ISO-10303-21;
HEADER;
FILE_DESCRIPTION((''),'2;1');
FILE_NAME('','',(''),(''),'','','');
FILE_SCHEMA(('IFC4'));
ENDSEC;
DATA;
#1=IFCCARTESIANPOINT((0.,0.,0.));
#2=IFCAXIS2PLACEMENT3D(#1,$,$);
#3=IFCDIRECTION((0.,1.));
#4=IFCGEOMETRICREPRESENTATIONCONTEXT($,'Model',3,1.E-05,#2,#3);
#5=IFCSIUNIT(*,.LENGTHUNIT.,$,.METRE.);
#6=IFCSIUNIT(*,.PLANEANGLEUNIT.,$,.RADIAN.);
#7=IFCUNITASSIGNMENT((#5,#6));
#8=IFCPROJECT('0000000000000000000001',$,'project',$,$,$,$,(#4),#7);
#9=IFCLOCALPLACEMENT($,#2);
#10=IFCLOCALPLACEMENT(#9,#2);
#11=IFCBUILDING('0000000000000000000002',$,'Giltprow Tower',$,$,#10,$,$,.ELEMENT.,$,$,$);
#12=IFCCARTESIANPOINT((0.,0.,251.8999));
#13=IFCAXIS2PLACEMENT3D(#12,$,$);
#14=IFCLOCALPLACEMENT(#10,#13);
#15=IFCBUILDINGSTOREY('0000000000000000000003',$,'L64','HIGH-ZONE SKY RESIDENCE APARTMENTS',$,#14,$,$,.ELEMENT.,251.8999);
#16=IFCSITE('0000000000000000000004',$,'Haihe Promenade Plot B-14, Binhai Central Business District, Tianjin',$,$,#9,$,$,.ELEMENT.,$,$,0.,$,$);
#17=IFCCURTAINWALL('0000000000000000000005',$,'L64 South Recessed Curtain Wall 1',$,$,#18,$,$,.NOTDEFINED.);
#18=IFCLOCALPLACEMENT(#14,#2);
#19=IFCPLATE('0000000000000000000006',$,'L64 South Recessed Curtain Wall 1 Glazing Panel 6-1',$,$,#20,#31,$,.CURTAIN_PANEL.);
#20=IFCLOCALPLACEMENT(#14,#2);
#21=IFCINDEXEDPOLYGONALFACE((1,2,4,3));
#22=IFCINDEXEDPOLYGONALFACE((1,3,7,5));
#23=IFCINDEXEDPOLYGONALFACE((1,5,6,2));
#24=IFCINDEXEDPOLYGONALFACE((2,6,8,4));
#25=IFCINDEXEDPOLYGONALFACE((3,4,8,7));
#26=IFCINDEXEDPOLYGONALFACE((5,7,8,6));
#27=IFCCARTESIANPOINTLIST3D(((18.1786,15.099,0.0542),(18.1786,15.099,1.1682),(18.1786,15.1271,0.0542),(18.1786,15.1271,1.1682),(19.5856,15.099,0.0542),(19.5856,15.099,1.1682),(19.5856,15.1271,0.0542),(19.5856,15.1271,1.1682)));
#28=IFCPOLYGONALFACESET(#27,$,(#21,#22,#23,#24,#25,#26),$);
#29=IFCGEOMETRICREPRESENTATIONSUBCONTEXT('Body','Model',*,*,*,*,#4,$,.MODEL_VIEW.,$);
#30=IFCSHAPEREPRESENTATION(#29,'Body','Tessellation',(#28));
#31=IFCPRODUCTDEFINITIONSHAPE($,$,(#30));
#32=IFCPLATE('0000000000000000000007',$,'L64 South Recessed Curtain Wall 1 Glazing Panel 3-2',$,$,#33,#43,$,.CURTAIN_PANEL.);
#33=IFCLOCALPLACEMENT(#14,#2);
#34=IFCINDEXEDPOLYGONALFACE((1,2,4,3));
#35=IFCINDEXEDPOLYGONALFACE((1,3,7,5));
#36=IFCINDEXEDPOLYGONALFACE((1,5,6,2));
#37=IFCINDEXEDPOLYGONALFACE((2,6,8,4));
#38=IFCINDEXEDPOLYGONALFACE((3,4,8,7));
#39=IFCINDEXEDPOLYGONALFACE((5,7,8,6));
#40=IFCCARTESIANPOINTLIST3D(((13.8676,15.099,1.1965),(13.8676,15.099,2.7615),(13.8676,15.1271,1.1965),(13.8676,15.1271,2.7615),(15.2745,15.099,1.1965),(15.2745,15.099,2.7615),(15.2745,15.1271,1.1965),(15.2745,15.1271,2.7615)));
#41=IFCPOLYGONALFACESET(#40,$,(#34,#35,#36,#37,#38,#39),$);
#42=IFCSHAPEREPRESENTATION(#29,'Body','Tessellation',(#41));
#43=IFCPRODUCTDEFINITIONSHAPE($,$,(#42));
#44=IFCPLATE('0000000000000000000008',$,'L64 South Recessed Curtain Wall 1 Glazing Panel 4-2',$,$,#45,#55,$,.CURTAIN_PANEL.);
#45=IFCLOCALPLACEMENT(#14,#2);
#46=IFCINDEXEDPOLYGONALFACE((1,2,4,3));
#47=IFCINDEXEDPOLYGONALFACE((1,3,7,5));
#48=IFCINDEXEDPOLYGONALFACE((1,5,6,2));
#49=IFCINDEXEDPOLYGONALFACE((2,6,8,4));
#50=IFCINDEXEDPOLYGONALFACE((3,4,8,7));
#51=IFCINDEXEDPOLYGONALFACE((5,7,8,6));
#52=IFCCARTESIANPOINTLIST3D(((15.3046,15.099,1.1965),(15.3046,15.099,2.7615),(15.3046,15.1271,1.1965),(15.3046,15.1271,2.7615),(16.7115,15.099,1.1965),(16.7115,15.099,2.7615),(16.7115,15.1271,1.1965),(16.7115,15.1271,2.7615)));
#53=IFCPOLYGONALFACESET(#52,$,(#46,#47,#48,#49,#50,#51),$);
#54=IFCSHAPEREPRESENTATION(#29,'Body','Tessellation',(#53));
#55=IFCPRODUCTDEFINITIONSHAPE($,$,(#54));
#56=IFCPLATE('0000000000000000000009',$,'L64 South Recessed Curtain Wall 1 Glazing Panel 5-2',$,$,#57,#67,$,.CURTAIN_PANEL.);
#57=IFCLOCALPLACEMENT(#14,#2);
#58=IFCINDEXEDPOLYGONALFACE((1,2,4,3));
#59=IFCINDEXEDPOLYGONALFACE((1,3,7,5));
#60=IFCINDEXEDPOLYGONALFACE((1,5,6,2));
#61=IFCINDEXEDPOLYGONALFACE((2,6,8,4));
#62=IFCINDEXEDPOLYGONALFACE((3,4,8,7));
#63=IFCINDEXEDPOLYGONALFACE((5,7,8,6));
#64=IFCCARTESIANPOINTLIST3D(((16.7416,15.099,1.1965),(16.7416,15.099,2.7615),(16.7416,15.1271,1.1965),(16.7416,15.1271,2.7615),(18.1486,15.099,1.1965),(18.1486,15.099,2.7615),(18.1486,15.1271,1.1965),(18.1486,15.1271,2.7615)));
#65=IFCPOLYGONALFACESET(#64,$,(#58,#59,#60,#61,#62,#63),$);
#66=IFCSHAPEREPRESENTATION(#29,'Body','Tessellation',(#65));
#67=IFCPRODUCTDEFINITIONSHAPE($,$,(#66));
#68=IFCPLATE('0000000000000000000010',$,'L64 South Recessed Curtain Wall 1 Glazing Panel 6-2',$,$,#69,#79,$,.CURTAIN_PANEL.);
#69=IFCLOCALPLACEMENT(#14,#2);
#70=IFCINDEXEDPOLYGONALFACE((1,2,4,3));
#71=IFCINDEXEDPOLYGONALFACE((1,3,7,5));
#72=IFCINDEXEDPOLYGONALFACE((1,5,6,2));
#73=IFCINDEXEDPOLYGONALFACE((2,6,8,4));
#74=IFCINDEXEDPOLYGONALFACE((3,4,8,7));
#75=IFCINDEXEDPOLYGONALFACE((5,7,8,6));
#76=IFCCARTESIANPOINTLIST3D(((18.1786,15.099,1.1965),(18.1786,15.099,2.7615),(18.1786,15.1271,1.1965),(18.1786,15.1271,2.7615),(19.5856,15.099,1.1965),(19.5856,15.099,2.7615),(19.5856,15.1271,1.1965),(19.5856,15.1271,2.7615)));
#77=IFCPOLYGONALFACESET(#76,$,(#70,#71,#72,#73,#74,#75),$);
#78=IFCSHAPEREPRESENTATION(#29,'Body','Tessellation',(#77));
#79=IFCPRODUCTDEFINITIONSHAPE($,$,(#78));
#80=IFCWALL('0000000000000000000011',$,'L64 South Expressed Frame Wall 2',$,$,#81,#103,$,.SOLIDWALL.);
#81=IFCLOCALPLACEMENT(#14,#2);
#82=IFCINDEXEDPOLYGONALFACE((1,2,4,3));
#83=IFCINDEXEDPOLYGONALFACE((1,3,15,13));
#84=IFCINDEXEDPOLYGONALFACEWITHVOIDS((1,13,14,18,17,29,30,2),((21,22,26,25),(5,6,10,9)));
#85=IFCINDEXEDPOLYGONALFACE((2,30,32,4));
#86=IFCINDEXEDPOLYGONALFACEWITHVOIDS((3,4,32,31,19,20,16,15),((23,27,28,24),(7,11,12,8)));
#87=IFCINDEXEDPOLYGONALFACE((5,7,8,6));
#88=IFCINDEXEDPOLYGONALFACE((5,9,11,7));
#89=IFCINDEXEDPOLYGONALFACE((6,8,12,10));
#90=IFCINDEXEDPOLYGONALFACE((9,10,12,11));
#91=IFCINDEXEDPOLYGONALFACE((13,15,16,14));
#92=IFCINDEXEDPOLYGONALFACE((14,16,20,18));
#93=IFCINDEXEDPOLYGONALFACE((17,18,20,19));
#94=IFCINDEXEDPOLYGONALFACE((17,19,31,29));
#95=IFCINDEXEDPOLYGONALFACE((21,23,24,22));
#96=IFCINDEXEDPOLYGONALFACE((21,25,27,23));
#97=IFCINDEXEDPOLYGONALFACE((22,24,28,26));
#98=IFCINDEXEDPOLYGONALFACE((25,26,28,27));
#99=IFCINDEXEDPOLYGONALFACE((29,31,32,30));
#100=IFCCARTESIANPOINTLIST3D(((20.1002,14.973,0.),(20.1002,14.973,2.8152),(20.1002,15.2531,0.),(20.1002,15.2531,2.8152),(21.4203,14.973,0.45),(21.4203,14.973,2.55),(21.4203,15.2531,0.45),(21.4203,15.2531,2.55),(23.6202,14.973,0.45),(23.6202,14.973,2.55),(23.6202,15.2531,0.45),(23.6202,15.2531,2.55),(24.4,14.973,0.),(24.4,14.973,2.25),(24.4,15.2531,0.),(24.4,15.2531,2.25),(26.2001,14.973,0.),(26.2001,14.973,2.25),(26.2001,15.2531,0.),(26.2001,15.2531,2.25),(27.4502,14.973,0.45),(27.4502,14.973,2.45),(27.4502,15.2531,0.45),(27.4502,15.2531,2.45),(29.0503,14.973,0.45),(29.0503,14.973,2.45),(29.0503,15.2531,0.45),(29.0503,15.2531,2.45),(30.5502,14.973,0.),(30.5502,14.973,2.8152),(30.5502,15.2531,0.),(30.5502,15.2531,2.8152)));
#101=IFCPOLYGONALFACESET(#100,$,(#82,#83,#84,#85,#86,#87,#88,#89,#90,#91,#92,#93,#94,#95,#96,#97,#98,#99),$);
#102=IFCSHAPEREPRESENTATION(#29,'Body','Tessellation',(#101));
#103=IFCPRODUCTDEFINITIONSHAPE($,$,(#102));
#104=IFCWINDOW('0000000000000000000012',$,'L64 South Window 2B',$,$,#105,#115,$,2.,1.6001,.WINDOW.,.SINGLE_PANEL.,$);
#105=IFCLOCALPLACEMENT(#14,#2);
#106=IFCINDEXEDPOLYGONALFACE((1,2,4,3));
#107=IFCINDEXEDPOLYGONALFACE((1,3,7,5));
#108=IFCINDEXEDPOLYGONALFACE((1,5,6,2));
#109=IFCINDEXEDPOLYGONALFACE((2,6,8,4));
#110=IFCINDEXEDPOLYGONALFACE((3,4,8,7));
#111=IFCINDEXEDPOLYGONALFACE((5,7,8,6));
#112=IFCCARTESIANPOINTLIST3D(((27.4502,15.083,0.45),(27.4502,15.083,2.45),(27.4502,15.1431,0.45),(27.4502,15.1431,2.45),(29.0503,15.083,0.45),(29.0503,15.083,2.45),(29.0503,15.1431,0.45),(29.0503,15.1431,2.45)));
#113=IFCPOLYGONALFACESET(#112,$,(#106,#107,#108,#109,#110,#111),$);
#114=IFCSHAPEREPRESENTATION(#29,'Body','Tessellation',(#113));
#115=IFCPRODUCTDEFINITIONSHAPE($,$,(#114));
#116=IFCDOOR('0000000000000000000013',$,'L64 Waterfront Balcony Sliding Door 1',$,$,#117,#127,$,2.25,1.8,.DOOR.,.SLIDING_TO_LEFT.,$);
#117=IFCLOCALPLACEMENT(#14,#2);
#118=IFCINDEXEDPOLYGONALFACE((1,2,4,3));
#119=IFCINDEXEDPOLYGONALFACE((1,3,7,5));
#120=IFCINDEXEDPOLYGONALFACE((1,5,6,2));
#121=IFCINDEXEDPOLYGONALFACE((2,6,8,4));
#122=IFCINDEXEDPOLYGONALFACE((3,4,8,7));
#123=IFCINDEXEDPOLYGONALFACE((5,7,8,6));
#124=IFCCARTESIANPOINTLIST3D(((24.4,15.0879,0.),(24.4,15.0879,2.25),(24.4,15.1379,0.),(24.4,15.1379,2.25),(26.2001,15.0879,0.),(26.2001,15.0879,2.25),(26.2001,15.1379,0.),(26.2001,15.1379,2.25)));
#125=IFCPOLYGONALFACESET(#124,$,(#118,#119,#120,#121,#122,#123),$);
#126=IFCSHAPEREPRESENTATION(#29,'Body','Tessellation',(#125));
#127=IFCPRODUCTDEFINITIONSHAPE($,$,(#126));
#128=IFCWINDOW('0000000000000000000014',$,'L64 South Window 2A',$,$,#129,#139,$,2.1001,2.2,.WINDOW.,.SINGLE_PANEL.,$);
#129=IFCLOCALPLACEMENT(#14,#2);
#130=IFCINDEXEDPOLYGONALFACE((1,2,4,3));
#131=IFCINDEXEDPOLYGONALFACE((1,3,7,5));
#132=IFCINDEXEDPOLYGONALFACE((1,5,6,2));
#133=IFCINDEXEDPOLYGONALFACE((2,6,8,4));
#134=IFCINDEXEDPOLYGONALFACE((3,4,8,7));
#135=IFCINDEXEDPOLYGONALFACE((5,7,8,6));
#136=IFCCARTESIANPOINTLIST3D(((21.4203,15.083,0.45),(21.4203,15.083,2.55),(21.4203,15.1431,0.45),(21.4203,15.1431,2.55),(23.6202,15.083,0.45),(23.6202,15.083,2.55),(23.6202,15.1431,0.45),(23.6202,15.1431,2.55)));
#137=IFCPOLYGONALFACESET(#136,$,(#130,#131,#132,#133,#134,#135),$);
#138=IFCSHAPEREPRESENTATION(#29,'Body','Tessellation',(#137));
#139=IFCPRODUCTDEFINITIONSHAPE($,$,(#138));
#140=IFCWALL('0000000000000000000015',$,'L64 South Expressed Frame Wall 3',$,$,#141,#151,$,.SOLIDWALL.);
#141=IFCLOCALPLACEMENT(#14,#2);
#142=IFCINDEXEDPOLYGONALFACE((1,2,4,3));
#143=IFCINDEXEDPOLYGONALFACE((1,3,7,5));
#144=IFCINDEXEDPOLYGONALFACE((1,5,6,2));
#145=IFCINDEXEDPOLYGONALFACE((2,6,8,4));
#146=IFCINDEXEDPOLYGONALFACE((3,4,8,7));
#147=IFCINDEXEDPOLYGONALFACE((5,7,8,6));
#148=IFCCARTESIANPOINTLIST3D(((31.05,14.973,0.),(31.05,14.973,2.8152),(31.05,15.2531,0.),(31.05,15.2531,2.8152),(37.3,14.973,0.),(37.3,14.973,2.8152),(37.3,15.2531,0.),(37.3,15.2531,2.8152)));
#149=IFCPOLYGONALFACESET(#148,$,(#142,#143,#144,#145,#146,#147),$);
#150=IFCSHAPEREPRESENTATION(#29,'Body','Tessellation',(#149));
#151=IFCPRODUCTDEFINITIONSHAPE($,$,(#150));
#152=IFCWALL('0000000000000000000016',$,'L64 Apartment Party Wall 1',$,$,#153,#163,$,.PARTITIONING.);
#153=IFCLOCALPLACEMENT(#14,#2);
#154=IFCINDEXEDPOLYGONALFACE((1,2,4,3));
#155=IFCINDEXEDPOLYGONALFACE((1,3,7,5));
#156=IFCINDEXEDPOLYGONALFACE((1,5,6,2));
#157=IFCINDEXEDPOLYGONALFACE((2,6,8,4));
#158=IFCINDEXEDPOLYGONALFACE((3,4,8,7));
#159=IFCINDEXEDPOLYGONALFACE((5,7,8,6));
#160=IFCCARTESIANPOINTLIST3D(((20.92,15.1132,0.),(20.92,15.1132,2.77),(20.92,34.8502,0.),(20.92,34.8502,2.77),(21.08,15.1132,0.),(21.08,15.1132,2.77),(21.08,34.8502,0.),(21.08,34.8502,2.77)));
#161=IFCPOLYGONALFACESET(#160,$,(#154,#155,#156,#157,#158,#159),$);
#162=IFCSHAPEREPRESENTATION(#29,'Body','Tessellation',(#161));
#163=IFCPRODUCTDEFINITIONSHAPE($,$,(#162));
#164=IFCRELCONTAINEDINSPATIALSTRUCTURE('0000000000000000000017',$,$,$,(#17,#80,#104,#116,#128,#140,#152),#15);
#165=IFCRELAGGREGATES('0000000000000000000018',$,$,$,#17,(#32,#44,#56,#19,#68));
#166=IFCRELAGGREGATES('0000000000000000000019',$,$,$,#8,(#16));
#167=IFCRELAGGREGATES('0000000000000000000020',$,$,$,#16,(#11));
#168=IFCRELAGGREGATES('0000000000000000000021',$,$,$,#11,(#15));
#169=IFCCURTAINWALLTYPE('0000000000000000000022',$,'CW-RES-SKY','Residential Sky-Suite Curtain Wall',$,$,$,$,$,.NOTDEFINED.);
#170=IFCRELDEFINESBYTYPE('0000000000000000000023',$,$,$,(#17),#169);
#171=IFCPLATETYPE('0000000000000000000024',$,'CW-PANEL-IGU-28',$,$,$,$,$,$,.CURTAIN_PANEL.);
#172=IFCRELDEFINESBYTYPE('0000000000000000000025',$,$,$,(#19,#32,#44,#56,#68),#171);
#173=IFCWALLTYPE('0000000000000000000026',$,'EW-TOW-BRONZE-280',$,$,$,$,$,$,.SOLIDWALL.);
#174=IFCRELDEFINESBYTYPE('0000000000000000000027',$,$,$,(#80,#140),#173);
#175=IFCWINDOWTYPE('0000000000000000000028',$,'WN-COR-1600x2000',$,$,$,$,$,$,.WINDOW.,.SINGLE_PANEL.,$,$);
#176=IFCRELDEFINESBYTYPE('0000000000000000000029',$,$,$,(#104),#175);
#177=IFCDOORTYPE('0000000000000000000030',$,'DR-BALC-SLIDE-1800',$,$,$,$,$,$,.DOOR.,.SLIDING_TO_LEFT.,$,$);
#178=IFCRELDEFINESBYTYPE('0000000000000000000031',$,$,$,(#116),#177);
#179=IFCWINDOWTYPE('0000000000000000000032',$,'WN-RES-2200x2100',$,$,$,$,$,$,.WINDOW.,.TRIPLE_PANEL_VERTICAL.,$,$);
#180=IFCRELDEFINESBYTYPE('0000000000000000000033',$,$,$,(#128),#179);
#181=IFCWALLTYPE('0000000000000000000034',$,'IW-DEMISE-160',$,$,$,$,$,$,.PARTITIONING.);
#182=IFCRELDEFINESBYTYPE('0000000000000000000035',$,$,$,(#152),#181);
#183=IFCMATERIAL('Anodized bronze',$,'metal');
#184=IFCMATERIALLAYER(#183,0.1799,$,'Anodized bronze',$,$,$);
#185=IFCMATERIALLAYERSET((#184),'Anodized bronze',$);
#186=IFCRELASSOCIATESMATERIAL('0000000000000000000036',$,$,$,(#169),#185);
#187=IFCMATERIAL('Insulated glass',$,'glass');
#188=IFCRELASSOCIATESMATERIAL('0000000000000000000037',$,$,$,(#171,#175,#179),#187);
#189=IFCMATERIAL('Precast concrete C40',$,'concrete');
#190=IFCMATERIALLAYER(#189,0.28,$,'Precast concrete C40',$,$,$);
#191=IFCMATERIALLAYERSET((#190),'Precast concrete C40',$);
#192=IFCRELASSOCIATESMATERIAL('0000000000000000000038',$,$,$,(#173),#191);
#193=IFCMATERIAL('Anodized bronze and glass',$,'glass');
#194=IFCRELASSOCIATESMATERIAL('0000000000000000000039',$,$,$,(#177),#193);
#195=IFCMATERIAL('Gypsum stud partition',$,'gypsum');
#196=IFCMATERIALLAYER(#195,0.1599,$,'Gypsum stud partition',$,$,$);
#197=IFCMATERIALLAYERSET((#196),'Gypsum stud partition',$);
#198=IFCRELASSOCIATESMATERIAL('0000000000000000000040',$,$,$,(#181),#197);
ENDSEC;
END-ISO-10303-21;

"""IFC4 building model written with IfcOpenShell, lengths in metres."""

from ifc_helpers import new_model, si_unit, direction, frame, frame_2d, origin, origin_2d, place, context, subcontext, project, spatial, rectangle, extrude, source, transform, mapped, material, layer, layer_set, type_object, element, fill, aggregate, save


model = new_model("IFC4")

# Units and contexts
model_context = context("Model", 3, precision=1e-05, world=origin(), true_north=direction((0.0, 1.0)))
body_context = subcontext(model_context, "Body", "Model", "MODEL_VIEW")
ifc_project = project(units=[si_unit("LENGTHUNIT", "METRE"), si_unit("PLANEANGLEUNIT", "RADIAN")], contexts=[model_context])

# Site, building, storey
site_placement = place(None, origin())
site = spatial("IfcSite", under=ifc_project, at=site_placement, Name="Haihe Promenade Plot B-14, Binhai Central Business District, Tianjin", CompositionType="ELEMENT", RefElevation=0.0)
building_placement = place(site_placement, origin())
building = spatial("IfcBuilding", under=site, at=building_placement, Name="Giltprow Tower", CompositionType="ELEMENT")
storey_placement = place(building_placement, frame((0.0, 0.0, 251.8999)))
storey = spatial("IfcBuildingStorey", under=building, at=storey_placement, Name="L64", Description="HIGH-ZONE SKY RESIDENCE APARTMENTS", CompositionType="ELEMENT", Elevation=251.8999)

# Curtain wall, plates
ifc_material_1 = material(Name="Anodized bronze", Category="metal")
ifc_layer_1 = layer(ifc_material_1, 0.1799, Name="Anodized bronze")
ifc_layer_set_1 = layer_set([ifc_layer_1], Name="Anodized bronze")
curtain_wall_type = type_object("IfcCurtainWallType", Name="CW-RES-SKY", Description="Residential Sky-Suite Curtain Wall", PredefinedType="NOTDEFINED", material=ifc_layer_set_1)
curtain_wall_placement = place(storey_placement, origin())
curtain_wall = element("IfcCurtainWall", 1, at=curtain_wall_placement, inside=storey, type_object=curtain_wall_type, Name="L64 South Recessed Curtain Wall 1", PredefinedType="NOTDEFINED")
ifc_material_2 = material(Name="Insulated glass", Category="glass")
plate_type = type_object("IfcPlateType", Name="CW-PANEL-IGU-28", PredefinedType="CURTAIN_PANEL", material=ifc_material_2)
shared_shape_1 = source(origin(), body_context, "Body", "SweptSolid", [
    extrude(rectangle(XDim=1.407, YDim=0.0281, at=origin_2d()), origin(), (0.0, 0.0, 1.0), 1.114),
])
plate_1_placement = place(storey_placement, frame((18.8821, 15.113, 0.0542), z_axis=(0.0, 0.0, 1.0), x_axis=(1.0, 0.0, 0.0)))
plate_1 = element("IfcPlate", 2, at=plate_1_placement, type_object=plate_type, Name="L64 South Recessed Curtain Wall 1 Glazing Panel 6-1", PredefinedType="CURTAIN_PANEL", context=body_context, shape_type="MappedRepresentation", body=[
    mapped(shared_shape_1, transform((0.0, 0.0, 0.0), x_axis=(1.0, 0.0, 0.0), y_axis=(0.0, 1.0, 0.0), z_axis=(0.0, 0.0, 1.0), scale=1.0)),
])
shared_shape_2 = source(origin(), body_context, "Body", "SweptSolid", [
    extrude(rectangle(XDim=1.407, YDim=0.0281, at=origin_2d()), origin(), (0.0, 0.0, 1.0), 1.5649),
])
plate_2_placement = place(storey_placement, frame((14.571, 15.113, 1.1965), z_axis=(0.0, 0.0, 1.0), x_axis=(1.0, 0.0, 0.0)))
plate_2 = element("IfcPlate", 3, at=plate_2_placement, type_object=plate_type, Name="L64 South Recessed Curtain Wall 1 Glazing Panel 3-2", PredefinedType="CURTAIN_PANEL", context=body_context, shape_type="MappedRepresentation", body=[
    mapped(shared_shape_2, transform((0.0, 0.0, 0.0), x_axis=(1.0, 0.0, 0.0), y_axis=(0.0, 1.0, 0.0), z_axis=(0.0, 0.0, 1.0), scale=1.0)),
])
plate_3_placement = place(storey_placement, frame((16.0081, 15.113, 1.1965), z_axis=(0.0, 0.0, 1.0), x_axis=(1.0, 0.0, 0.0)))
plate_3 = element("IfcPlate", 4, at=plate_3_placement, type_object=plate_type, Name="L64 South Recessed Curtain Wall 1 Glazing Panel 4-2", PredefinedType="CURTAIN_PANEL", context=body_context, shape_type="MappedRepresentation", body=[
    mapped(shared_shape_2, transform((0.0, 0.0, 0.0), x_axis=(1.0, 0.0, 0.0), y_axis=(0.0, 1.0, 0.0), z_axis=(0.0, 0.0, 1.0), scale=1.0)),
])
plate_4_placement = place(storey_placement, frame((17.4451, 15.113, 1.1965), z_axis=(0.0, 0.0, 1.0), x_axis=(1.0, 0.0, 0.0)))
plate_4 = element("IfcPlate", 5, at=plate_4_placement, type_object=plate_type, Name="L64 South Recessed Curtain Wall 1 Glazing Panel 5-2", PredefinedType="CURTAIN_PANEL", context=body_context, shape_type="MappedRepresentation", body=[
    mapped(shared_shape_2, transform((0.0, 0.0, 0.0), x_axis=(1.0, 0.0, 0.0), y_axis=(0.0, 1.0, 0.0), z_axis=(0.0, 0.0, 1.0), scale=1.0)),
])
plate_5_placement = place(storey_placement, frame((18.8821, 15.113, 1.1965), z_axis=(0.0, 0.0, 1.0), x_axis=(1.0, 0.0, 0.0)))
plate_5 = element("IfcPlate", 6, at=plate_5_placement, type_object=plate_type, Name="L64 South Recessed Curtain Wall 1 Glazing Panel 6-2", PredefinedType="CURTAIN_PANEL", context=body_context, shape_type="MappedRepresentation", body=[
    mapped(shared_shape_2, transform((0.0, 0.0, 0.0), x_axis=(1.0, 0.0, 0.0), y_axis=(0.0, 1.0, 0.0), z_axis=(0.0, 0.0, 1.0), scale=1.0)),
])
aggregate(curtain_wall, [plate_2, plate_3, plate_4, plate_1, plate_5])

# Wall, openings, windows, door
ifc_material_3 = material(Name="Precast concrete C40", Category="concrete")
ifc_layer_2 = layer(ifc_material_3, 0.28, Name="Precast concrete C40")
ifc_layer_set_2 = layer_set([ifc_layer_2], Name="Precast concrete C40")
wall_type_1 = type_object("IfcWallType", Name="EW-TOW-BRONZE-280", PredefinedType="SOLIDWALL", material=ifc_layer_set_2)
wall_1_placement = place(storey_placement, frame((20.1001, 15.113, 0.0), z_axis=(0.0, 0.0, 1.0), x_axis=(1.0, 0.0, 0.0)))
wall_1 = element("IfcWall", 7, at=wall_1_placement, inside=storey, type_object=wall_type_1, Name="L64 South Expressed Frame Wall 2", PredefinedType="SOLIDWALL", context=body_context, shape_type="SweptSolid", body=[
    extrude(rectangle(XDim=10.45, YDim=0.28, at=frame_2d((5.2251, 0.0))), origin(), (0.0, 0.0, 1.0), 2.8152),
])
opening_1_placement = place(wall_1_placement, frame((4.3, 0.0, 0.0)))
opening_1 = element("IfcOpeningElement", 8, at=opening_1_placement, cuts=wall_1, PredefinedType="OPENING", context=body_context, shape_type="SweptSolid", body=[
    extrude(rectangle(XDim=1.8, YDim=2.25, at=frame_2d((0.8999, 1.125))), frame((0.0, 0.1499, 0.0), z_axis=(0.0, -1.0, 0.0), x_axis=(1.0, 0.0, 0.0)), (0.0, 0.0, 1.0), 0.3),
])
opening_2_placement = place(wall_1_placement, frame((1.3201, 0.0, 0.45)))
opening_2 = element("IfcOpeningElement", 9, at=opening_2_placement, cuts=wall_1, PredefinedType="OPENING", context=body_context, shape_type="SweptSolid", body=[
    extrude(rectangle(XDim=2.2, YDim=2.1001, at=frame_2d((1.1001, 1.05))), frame((0.0, 0.1499, 0.0), z_axis=(0.0, -1.0, 0.0), x_axis=(1.0, 0.0, 0.0)), (0.0, 0.0, 1.0), 0.3),
])
opening_3_placement = place(wall_1_placement, frame((7.3501, 0.0, 0.45)))
opening_3 = element("IfcOpeningElement", 10, at=opening_3_placement, cuts=wall_1, PredefinedType="OPENING", context=body_context, shape_type="SweptSolid", body=[
    extrude(rectangle(XDim=1.6001, YDim=2.0, at=frame_2d((0.8, 1.0))), frame((0.0, 0.1499, 0.0), z_axis=(0.0, -1.0, 0.0), x_axis=(1.0, 0.0, 0.0)), (0.0, 0.0, 1.0), 0.3),
])
window_type_1 = type_object("IfcWindowType", Name="WN-COR-1600x2000", PartitioningType="SINGLE_PANEL", PredefinedType="WINDOW", material=ifc_material_2)
shared_shape_3 = source(origin(), body_context, "Body", "SweptSolid", [
    extrude(rectangle(XDim=1.6001, YDim=2.0, at=frame_2d((0.8, 1.0))), frame((0.0, 0.03, 0.0), z_axis=(0.0, -1.0, 0.0), x_axis=(1.0, 0.0, 0.0)), (0.0, 0.0, 1.0), 0.0601),
])
window_1_placement = place(opening_3_placement, origin())
window_1 = element("IfcWindow", 11, at=window_1_placement, inside=storey, type_object=window_type_1, Name="L64 South Window 2B", OverallHeight=2.0, OverallWidth=1.6001, PartitioningType="SINGLE_PANEL", PredefinedType="WINDOW", context=body_context, shape_type="MappedRepresentation", body=[
    mapped(shared_shape_3, transform((0.0, 0.0, 0.0), x_axis=(1.0, 0.0, 0.0), y_axis=(0.0, 1.0, 0.0), z_axis=(0.0, 0.0, 1.0), scale=1.0)),
])
fill(opening_3, window_1)
ifc_material_4 = material(Name="Anodized bronze and glass", Category="glass")
door_type_1 = type_object("IfcDoorType", Name="DR-BALC-SLIDE-1800", OperationType="SLIDING_TO_LEFT", PredefinedType="DOOR", material=ifc_material_4)
shared_shape_4 = source(origin(), body_context, "Body", "SweptSolid", [
    extrude(rectangle(XDim=1.8, YDim=2.25, at=frame_2d((0.8999, 1.125))), frame((0.0, 0.0249, 0.0), z_axis=(0.0, -1.0, 0.0), x_axis=(1.0, 0.0, 0.0)), (0.0, 0.0, 1.0), 0.05),
])
door_1_placement = place(opening_1_placement, origin())
door_1 = element("IfcDoor", 12, at=door_1_placement, inside=storey, type_object=door_type_1, Name="L64 Waterfront Balcony Sliding Door 1", OperationType="SLIDING_TO_LEFT", OverallHeight=2.25, OverallWidth=1.8, PredefinedType="DOOR", context=body_context, shape_type="MappedRepresentation", body=[
    mapped(shared_shape_4, transform((0.0, 0.0, 0.0), x_axis=(1.0, 0.0, 0.0), y_axis=(0.0, 1.0, 0.0), z_axis=(0.0, 0.0, 1.0), scale=1.0)),
])
fill(opening_1, door_1)
window_type_2 = type_object("IfcWindowType", Name="WN-RES-2200x2100", PartitioningType="TRIPLE_PANEL_VERTICAL", PredefinedType="WINDOW", material=ifc_material_2)
shared_shape_5 = source(origin(), body_context, "Body", "SweptSolid", [
    extrude(rectangle(XDim=2.2, YDim=2.1001, at=frame_2d((1.1001, 1.05))), frame((0.0, 0.03, 0.0), z_axis=(0.0, -1.0, 0.0), x_axis=(1.0, 0.0, 0.0)), (0.0, 0.0, 1.0), 0.0601),
])
window_2_placement = place(opening_2_placement, origin())
window_2 = element("IfcWindow", 13, at=window_2_placement, inside=storey, type_object=window_type_2, Name="L64 South Window 2A", OverallHeight=2.1001, OverallWidth=2.2, PartitioningType="SINGLE_PANEL", PredefinedType="WINDOW", context=body_context, shape_type="MappedRepresentation", body=[
    mapped(shared_shape_5, transform((0.0, 0.0, 0.0), x_axis=(1.0, 0.0, 0.0), y_axis=(0.0, 1.0, 0.0), z_axis=(0.0, 0.0, 1.0), scale=1.0)),
])
fill(opening_2, window_2)

# Walls
wall_2_placement = place(storey_placement, frame((31.05, 15.113, 0.0), z_axis=(0.0, 0.0, 1.0), x_axis=(1.0, 0.0, 0.0)))
element("IfcWall", 14, at=wall_2_placement, inside=storey, type_object=wall_type_1, Name="L64 South Expressed Frame Wall 3", PredefinedType="SOLIDWALL", context=body_context, shape_type="SweptSolid", body=[
    extrude(rectangle(XDim=6.25, YDim=0.28, at=frame_2d((3.125, 0.0))), origin(), (0.0, 0.0, 1.0), 2.8152),
])
ifc_material_5 = material(Name="Gypsum stud partition", Category="gypsum")
ifc_layer_3 = layer(ifc_material_5, 0.1599, Name="Gypsum stud partition")
ifc_layer_set_3 = layer_set([ifc_layer_3], Name="Gypsum stud partition")
wall_type_2 = type_object("IfcWallType", Name="IW-DEMISE-160", PredefinedType="PARTITIONING", material=ifc_layer_set_3)
wall_3_placement = place(storey_placement, frame((21.0, 15.113, 0.0), z_axis=(0.0, 0.0, 1.0), x_axis=(0.0, 1.0, 0.0)))
element("IfcWall", 15, at=wall_3_placement, inside=storey, type_object=wall_type_2, Name="L64 Apartment Party Wall 1", PredefinedType="PARTITIONING", context=body_context, shape_type="SweptSolid", body=[
    extrude(rectangle(XDim=19.7371, YDim=0.1599, at=frame_2d((9.8687, 0.0))), origin(), (0.0, 0.0, 1.0), 2.77),
])

save(model, "model.ifc")
